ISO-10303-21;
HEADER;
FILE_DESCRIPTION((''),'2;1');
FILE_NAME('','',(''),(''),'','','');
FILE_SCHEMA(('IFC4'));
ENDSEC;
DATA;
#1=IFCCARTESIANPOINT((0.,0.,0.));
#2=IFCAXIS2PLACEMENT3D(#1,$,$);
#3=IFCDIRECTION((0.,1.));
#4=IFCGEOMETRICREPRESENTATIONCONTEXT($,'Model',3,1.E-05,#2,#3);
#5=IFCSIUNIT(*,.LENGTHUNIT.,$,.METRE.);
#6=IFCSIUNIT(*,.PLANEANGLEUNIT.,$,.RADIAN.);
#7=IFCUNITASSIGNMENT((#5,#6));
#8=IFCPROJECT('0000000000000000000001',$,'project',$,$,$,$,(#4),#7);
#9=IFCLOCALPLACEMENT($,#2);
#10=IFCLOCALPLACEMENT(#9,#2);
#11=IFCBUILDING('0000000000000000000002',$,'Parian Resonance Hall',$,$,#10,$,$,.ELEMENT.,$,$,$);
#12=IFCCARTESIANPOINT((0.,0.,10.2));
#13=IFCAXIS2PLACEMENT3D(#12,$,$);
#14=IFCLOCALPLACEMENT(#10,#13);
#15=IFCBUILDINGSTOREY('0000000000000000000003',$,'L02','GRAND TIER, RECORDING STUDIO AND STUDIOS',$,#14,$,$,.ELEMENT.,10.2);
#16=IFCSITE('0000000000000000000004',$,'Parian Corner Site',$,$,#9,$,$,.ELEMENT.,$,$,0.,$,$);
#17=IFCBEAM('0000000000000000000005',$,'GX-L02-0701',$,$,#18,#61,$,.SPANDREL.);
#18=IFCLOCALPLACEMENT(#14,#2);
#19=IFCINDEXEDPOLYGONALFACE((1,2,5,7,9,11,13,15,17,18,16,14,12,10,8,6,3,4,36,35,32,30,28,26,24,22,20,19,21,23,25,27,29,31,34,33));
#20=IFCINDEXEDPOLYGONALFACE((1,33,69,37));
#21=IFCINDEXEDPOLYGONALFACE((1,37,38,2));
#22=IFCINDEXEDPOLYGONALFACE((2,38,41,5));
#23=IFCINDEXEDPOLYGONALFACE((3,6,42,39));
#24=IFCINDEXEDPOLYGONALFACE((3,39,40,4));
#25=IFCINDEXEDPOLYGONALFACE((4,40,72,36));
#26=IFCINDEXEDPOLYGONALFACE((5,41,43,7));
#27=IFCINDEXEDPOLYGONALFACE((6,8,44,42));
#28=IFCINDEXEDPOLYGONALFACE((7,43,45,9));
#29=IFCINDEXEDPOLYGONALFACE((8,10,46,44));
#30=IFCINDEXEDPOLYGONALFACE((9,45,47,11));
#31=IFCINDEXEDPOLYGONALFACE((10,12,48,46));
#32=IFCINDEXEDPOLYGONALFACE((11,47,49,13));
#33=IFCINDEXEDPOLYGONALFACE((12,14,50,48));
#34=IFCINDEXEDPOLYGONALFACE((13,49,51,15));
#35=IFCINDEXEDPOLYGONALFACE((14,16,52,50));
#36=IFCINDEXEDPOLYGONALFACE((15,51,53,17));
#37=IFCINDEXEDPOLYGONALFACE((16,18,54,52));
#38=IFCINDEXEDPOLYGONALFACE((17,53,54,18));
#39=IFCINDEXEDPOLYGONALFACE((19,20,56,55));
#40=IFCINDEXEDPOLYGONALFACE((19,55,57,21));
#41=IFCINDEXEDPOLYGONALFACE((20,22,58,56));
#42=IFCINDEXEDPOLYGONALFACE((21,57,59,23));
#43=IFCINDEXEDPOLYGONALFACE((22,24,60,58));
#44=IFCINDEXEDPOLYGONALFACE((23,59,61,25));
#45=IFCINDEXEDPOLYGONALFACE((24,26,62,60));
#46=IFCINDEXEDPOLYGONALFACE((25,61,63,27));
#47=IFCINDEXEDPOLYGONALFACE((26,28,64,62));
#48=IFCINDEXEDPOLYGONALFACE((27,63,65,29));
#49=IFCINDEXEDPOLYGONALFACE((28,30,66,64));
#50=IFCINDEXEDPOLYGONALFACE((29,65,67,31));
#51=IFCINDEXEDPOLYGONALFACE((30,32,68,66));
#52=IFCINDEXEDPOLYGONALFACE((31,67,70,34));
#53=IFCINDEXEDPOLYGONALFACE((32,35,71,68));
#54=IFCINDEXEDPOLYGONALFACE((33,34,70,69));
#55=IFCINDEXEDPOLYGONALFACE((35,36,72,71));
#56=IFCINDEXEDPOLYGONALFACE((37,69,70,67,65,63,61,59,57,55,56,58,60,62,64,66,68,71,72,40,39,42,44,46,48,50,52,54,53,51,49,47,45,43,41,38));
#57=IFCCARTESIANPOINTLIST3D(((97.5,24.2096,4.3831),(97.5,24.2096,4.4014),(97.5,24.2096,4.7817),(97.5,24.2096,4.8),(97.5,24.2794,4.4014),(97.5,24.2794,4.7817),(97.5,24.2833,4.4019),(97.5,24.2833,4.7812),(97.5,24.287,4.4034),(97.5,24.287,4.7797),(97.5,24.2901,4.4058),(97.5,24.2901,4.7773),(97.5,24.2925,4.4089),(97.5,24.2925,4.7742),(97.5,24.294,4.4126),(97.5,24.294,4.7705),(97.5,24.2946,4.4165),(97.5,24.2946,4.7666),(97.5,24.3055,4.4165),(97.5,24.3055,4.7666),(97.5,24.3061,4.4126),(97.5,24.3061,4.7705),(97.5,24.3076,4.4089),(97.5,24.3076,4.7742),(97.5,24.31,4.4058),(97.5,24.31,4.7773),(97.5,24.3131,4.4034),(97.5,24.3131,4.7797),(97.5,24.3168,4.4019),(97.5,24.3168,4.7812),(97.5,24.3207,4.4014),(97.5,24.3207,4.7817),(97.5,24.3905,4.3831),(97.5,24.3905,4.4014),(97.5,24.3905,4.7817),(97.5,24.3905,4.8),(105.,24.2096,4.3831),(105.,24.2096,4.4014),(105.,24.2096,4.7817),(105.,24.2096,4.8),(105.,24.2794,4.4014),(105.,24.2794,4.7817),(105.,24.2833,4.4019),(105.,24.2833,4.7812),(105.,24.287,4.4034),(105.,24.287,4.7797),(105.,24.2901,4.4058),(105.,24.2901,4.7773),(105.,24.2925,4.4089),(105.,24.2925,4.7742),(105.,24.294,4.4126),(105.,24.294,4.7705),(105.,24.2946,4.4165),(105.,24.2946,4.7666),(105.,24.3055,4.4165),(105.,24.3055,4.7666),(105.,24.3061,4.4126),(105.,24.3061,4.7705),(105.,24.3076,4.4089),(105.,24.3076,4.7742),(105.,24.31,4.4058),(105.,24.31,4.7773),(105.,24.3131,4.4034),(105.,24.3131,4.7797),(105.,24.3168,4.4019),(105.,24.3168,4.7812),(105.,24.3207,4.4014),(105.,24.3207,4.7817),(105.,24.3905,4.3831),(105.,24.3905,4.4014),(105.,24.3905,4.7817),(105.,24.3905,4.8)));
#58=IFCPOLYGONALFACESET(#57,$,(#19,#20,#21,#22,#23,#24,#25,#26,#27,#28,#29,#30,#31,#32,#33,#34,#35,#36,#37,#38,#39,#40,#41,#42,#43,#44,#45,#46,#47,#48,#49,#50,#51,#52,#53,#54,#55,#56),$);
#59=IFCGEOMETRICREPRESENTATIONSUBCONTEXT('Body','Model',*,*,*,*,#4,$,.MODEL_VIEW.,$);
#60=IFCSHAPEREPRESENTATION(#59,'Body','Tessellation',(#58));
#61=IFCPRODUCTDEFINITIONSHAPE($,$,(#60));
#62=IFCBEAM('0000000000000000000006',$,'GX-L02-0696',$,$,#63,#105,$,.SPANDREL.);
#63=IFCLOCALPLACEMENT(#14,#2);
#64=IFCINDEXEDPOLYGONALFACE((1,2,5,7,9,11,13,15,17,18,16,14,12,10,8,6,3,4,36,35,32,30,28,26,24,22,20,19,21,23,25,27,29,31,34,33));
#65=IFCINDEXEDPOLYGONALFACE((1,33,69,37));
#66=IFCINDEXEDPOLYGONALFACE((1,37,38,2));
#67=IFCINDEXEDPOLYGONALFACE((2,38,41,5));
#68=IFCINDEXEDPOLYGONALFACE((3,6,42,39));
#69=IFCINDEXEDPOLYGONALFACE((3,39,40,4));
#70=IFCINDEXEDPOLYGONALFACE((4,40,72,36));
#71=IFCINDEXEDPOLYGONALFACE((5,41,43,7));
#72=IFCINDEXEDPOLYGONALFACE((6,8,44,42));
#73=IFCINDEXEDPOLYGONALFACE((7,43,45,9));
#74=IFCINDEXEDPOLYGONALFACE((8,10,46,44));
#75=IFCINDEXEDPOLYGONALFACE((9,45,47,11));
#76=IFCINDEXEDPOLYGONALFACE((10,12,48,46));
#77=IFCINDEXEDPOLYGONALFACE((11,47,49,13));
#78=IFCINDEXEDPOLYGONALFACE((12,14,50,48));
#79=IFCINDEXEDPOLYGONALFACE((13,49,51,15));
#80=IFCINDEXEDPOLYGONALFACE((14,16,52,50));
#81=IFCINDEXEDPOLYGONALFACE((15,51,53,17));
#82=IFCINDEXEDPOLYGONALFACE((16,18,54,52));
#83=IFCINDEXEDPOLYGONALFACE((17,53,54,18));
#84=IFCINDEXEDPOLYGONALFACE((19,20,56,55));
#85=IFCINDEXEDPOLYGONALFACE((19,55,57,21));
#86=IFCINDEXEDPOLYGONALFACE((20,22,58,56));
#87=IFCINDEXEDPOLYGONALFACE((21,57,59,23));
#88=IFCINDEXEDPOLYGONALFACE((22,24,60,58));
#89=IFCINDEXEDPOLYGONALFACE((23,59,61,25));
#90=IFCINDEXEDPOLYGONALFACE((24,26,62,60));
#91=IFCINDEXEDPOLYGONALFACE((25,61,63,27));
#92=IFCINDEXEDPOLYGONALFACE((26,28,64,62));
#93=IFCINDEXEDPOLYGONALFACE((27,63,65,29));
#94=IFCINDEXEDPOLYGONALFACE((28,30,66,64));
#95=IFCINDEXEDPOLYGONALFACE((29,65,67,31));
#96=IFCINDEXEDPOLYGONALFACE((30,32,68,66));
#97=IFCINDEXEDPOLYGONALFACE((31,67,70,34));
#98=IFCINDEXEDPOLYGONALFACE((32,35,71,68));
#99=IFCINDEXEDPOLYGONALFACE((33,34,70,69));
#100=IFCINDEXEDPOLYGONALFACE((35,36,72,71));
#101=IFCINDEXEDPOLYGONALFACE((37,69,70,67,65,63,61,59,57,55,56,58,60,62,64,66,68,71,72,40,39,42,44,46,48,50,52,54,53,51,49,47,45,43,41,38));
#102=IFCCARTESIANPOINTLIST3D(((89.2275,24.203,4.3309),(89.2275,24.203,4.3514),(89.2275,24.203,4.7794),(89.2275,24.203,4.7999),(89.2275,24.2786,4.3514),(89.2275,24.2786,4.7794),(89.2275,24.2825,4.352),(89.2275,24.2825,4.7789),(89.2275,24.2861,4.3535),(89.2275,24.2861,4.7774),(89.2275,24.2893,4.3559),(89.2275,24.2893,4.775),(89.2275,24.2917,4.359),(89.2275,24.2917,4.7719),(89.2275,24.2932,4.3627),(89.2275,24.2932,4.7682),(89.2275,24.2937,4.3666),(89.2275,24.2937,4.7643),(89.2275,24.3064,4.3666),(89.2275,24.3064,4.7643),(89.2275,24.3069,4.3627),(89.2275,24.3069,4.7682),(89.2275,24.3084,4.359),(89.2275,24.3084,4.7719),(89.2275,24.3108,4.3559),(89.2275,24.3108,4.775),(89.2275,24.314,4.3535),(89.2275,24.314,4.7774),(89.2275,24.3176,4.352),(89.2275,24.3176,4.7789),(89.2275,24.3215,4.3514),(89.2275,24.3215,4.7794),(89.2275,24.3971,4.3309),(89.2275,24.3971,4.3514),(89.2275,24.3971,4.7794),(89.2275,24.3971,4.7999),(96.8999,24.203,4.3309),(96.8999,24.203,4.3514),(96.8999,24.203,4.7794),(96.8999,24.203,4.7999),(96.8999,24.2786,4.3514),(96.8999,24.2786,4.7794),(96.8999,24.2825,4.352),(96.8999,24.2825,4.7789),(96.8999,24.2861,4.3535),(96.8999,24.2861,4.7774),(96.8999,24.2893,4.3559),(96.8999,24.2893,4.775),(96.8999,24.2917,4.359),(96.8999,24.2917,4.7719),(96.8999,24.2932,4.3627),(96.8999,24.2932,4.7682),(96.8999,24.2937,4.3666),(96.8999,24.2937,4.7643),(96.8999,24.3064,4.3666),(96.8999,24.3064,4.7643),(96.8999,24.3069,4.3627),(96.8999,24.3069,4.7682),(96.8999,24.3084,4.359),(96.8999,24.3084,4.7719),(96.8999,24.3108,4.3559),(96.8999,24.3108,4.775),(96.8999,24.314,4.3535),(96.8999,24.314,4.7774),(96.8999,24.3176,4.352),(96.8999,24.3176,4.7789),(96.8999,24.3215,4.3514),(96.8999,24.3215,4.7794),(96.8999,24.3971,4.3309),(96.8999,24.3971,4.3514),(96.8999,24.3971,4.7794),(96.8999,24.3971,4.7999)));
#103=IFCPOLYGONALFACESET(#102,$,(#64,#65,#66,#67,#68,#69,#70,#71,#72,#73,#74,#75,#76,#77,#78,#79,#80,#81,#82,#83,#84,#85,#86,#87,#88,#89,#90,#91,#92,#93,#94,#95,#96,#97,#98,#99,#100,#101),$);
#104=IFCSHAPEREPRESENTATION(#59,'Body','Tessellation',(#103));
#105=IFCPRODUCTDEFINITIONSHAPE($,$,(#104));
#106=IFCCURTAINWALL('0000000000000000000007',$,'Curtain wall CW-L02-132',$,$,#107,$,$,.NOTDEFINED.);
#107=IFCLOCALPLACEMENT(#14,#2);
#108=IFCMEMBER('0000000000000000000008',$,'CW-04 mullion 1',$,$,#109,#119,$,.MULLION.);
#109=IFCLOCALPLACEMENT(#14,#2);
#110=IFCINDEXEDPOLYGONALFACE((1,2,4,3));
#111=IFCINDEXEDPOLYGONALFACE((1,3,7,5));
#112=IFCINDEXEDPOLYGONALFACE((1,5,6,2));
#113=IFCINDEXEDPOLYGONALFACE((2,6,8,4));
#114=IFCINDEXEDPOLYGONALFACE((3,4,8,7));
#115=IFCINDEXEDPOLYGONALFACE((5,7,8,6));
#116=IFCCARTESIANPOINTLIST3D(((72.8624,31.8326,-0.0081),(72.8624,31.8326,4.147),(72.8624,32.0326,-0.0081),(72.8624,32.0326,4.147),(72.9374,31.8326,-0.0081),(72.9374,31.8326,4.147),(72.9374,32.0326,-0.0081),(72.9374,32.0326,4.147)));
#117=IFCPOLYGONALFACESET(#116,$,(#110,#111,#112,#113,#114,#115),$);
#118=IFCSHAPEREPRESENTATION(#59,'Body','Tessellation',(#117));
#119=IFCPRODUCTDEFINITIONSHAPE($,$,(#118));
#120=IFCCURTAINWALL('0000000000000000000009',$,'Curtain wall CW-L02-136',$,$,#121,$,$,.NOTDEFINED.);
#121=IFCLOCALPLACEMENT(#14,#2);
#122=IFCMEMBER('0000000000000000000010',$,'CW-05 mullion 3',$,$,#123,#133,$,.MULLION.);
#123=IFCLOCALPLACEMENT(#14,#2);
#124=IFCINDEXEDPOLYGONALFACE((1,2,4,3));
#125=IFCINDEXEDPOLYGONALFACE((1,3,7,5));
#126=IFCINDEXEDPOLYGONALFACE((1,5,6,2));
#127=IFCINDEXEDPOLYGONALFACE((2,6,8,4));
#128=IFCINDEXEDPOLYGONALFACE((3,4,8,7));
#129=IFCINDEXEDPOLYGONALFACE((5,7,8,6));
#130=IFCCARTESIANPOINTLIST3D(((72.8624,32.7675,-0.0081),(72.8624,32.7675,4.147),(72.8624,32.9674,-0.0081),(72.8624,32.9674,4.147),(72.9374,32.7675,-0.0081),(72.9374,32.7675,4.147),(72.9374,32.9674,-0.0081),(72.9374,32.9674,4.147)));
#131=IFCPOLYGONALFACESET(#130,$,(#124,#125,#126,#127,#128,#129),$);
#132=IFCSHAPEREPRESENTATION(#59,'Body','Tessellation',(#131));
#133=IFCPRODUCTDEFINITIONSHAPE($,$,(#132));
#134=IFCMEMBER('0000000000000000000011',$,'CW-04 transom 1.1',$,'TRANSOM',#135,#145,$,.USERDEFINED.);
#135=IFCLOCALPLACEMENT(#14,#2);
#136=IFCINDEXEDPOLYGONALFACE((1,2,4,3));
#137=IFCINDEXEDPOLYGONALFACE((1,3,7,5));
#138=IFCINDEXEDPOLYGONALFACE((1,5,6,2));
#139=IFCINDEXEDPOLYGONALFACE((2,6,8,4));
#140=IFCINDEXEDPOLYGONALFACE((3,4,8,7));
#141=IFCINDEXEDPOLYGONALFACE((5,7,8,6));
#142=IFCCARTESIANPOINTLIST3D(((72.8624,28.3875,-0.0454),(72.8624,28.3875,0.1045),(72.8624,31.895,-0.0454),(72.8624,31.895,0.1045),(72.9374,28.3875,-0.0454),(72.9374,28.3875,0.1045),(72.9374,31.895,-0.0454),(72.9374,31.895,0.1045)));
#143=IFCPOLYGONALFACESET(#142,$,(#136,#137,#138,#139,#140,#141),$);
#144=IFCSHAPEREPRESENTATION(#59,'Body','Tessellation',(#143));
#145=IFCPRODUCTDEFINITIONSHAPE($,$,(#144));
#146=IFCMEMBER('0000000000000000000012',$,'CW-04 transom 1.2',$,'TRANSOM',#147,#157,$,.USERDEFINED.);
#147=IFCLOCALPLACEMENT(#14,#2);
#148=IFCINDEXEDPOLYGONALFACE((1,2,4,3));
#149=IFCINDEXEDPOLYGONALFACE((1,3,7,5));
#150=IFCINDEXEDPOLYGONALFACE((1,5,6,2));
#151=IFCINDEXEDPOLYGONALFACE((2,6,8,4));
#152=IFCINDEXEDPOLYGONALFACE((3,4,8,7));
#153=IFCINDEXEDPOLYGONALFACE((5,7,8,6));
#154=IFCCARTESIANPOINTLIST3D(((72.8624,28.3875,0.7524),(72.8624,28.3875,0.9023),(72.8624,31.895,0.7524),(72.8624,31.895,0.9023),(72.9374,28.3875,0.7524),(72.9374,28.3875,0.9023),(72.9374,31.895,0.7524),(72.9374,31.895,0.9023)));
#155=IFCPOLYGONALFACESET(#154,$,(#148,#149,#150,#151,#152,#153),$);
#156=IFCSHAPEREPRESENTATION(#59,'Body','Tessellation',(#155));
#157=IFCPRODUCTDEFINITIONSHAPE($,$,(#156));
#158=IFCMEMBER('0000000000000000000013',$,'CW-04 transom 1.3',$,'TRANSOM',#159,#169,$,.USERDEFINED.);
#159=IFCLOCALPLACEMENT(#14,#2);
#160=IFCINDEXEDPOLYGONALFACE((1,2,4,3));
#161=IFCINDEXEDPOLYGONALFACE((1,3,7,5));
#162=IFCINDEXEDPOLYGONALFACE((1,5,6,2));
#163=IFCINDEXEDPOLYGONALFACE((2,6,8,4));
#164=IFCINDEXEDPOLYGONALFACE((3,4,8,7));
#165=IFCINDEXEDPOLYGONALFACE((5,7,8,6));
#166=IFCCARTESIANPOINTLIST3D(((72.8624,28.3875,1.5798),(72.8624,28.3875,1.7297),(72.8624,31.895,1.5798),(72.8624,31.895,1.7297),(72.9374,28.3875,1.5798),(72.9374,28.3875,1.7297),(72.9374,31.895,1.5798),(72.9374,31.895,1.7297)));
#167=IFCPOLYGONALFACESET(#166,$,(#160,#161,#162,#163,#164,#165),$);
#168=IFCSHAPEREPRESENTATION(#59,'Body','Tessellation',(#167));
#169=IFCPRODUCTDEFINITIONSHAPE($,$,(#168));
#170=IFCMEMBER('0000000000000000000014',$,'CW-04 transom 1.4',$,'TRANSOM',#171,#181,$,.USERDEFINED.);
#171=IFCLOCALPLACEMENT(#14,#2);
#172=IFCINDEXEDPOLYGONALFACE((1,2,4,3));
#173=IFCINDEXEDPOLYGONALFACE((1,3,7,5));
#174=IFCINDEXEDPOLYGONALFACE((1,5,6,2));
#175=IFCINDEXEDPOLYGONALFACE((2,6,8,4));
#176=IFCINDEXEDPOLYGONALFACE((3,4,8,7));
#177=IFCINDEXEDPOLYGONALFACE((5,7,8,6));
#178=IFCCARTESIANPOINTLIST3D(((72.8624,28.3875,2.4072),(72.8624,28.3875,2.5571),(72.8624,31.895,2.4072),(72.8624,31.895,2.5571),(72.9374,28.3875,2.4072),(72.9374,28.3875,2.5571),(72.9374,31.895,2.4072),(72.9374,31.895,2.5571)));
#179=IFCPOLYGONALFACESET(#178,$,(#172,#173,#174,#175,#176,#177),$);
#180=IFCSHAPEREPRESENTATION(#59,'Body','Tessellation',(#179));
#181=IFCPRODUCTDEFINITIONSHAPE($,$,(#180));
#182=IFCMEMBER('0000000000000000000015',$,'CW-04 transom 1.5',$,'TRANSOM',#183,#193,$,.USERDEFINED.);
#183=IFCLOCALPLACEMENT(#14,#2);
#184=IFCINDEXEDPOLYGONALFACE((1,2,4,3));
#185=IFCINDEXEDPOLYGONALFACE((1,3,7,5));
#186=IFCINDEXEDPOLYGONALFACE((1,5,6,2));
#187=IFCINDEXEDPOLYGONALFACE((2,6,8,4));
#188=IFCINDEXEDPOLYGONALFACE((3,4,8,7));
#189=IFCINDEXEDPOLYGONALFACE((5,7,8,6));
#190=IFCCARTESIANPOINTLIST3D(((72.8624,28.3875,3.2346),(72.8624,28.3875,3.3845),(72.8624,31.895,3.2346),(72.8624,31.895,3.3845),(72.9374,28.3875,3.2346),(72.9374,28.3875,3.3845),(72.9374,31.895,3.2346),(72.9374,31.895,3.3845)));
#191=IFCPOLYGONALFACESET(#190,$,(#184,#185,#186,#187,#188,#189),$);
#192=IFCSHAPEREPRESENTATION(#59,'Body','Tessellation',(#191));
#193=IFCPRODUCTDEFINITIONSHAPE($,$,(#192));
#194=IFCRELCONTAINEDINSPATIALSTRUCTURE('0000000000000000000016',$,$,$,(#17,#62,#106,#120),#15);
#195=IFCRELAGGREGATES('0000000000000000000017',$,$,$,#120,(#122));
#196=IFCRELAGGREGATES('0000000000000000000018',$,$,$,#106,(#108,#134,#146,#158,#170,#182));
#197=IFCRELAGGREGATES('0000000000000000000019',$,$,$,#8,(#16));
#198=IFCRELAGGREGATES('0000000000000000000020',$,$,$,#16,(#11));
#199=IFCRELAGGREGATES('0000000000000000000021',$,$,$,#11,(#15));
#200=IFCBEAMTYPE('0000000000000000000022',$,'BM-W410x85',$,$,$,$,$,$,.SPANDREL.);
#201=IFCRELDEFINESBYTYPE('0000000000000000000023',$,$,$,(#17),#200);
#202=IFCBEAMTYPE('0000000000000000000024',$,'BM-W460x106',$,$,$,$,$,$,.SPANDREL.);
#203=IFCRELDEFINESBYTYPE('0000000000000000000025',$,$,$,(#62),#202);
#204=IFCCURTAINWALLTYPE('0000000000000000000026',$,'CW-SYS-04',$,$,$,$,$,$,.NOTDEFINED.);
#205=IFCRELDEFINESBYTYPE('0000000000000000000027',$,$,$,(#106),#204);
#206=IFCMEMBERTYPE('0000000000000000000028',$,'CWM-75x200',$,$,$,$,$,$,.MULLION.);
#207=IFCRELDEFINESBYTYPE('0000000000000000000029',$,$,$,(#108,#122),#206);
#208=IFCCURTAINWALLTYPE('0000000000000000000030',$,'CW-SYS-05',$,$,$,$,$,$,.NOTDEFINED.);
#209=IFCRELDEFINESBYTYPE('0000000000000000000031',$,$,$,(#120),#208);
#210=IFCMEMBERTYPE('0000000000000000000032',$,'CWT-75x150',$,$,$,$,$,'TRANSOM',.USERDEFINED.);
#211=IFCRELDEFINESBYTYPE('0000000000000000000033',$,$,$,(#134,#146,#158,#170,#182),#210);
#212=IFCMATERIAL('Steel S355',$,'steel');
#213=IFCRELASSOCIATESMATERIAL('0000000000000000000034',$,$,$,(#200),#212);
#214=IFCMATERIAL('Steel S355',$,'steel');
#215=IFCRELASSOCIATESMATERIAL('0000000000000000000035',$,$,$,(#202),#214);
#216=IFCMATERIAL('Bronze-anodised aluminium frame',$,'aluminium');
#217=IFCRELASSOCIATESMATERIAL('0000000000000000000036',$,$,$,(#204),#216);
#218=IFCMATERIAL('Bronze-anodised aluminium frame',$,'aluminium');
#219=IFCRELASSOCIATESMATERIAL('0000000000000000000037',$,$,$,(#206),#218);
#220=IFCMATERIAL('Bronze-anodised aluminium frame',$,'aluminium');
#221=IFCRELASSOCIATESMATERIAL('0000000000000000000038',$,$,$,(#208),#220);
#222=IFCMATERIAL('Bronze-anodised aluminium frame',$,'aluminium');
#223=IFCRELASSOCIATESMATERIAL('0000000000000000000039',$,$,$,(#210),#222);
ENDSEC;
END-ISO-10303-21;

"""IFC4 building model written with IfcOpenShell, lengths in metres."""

from ifc_helpers import new_model, si_unit, direction, frame, origin, origin_2d, place, context, subcontext, project, spatial, rectangle, i_section, extrude, material, material_profile, profile_set, type_object, element, aggregate, save


model = new_model("IFC4")

# Units and contexts
model_context = context("Model", 3, precision=1e-05, world=origin(), true_north=direction((0.0, 1.0)))
body_context = subcontext(model_context, "Body", "Model", "MODEL_VIEW")
ifc_project = project(units=[si_unit("LENGTHUNIT", "METRE"), si_unit("PLANEANGLEUNIT", "RADIAN")], contexts=[model_context])

# Site, building, storey
site_placement = place(None, origin())
site = spatial("IfcSite", under=ifc_project, at=site_placement, Name="Parian Corner Site", CompositionType="ELEMENT", RefElevation=0.0)
building_placement = place(site_placement, origin())
building = spatial("IfcBuilding", under=site, at=building_placement, Name="Parian Resonance Hall", CompositionType="ELEMENT")
storey_placement = place(building_placement, frame((0.0, 0.0, 10.2)))
storey = spatial("IfcBuildingStorey", under=building, at=storey_placement, Name="L02", Description="GRAND TIER, RECORDING STUDIO AND STUDIOS", CompositionType="ELEMENT", Elevation=10.2)

# Beams
ifc_material_1 = material(Name="Steel S355", Category="steel")
ifc_material_profile_1 = material_profile(ifc_material_1, i_section(OverallWidth=0.1809, OverallDepth=0.417, WebThickness=0.011, FlangeThickness=0.0183, FilletRadius=0.0151, at=origin_2d()), Name="W410x85")
ifc_profile_set_1 = profile_set([ifc_material_profile_1], Name="Steel S355")
beam_type_1 = type_object("IfcBeamType", Name="BM-W410x85", PredefinedType="SPANDREL", material=ifc_profile_set_1)
beam_1_placement = place(storey_placement, frame((97.5, 24.3, 4.5916), z_axis=(1.0, 0.0, 0.0), x_axis=(0.0, 1.0, 0.0)))
element("IfcBeam", 1, at=beam_1_placement, inside=storey, type_object=beam_type_1, Name="GX-L02-0701", PredefinedType="SPANDREL", context=body_context, shape_type="SweptSolid", body=[
    extrude(i_section(OverallWidth=0.1809, OverallDepth=0.417, WebThickness=0.011, FlangeThickness=0.0183, FilletRadius=0.0151, at=origin_2d()), origin(), (0.0, 0.0, 1.0), 7.5),
])
ifc_material_2 = material(Name="Steel S355", Category="steel")
ifc_material_profile_2 = material_profile(ifc_material_2, i_section(OverallWidth=0.1941, OverallDepth=0.469, WebThickness=0.0127, FlangeThickness=0.0205, FilletRadius=0.0151, at=origin_2d()), Name="W460x106")
ifc_profile_set_2 = profile_set([ifc_material_profile_2], Name="Steel S355")
beam_type_2 = type_object("IfcBeamType", Name="BM-W460x106", PredefinedType="SPANDREL", material=ifc_profile_set_2)
beam_2_placement = place(storey_placement, frame((89.2275, 24.3, 4.5654), z_axis=(1.0, 0.0, 0.0), x_axis=(0.0, 1.0, 0.0)))
element("IfcBeam", 2, at=beam_2_placement, inside=storey, type_object=beam_type_2, Name="GX-L02-0696", PredefinedType="SPANDREL", context=body_context, shape_type="SweptSolid", body=[
    extrude(i_section(OverallWidth=0.1941, OverallDepth=0.469, WebThickness=0.0127, FlangeThickness=0.0205, FilletRadius=0.0151, at=origin_2d()), origin(), (0.0, 0.0, 1.0), 7.6724),
])

# Curtain walls, members
ifc_material_3 = material(Name="Bronze-anodised aluminium frame", Category="aluminium")
curtain_wall_type_1 = type_object("IfcCurtainWallType", Name="CW-SYS-04", PredefinedType="NOTDEFINED", material=ifc_material_3)
curtain_wall_1_placement = place(storey_placement, origin())
curtain_wall_1 = element("IfcCurtainWall", 3, at=curtain_wall_1_placement, inside=storey, type_object=curtain_wall_type_1, Name="Curtain wall CW-L02-132", PredefinedType="NOTDEFINED")
ifc_material_4 = material(Name="Bronze-anodised aluminium frame", Category="aluminium")
ifc_material_profile_3 = material_profile(ifc_material_4, rectangle(XDim=0.075, YDim=0.2, at=origin_2d()), Name="CWM-75x200")
ifc_profile_set_3 = profile_set([ifc_material_profile_3], Name="Bronze-anodised aluminium frame")
member_type_1 = type_object("IfcMemberType", Name="CWM-75x200", PredefinedType="MULLION", material=ifc_profile_set_3)
member_1_placement = place(storey_placement, frame((72.8999, 31.9326, -0.0081), z_axis=(0.0, 0.0, 1.0), x_axis=(1.0, 0.0, 0.0)))
member_1 = element("IfcMember", 4, at=member_1_placement, type_object=member_type_1, Name="CW-04 mullion 1", PredefinedType="MULLION", context=body_context, shape_type="SweptSolid", body=[
    extrude(rectangle(XDim=0.075, YDim=0.2, at=origin_2d()), origin(), (0.0, 0.0, 1.0), 4.155),
])
ifc_material_5 = material(Name="Bronze-anodised aluminium frame", Category="aluminium")
curtain_wall_type_2 = type_object("IfcCurtainWallType", Name="CW-SYS-05", PredefinedType="NOTDEFINED", material=ifc_material_5)
curtain_wall_2_placement = place(storey_placement, origin())
curtain_wall_2 = element("IfcCurtainWall", 5, at=curtain_wall_2_placement, inside=storey, type_object=curtain_wall_type_2, Name="Curtain wall CW-L02-136", PredefinedType="NOTDEFINED")
member_2_placement = place(storey_placement, frame((72.8999, 32.8674, -0.0081), z_axis=(0.0, 0.0, 1.0), x_axis=(1.0, 0.0, 0.0)))
member_2 = element("IfcMember", 6, at=member_2_placement, type_object=member_type_1, Name="CW-05 mullion 3", PredefinedType="MULLION", context=body_context, shape_type="SweptSolid", body=[
    extrude(rectangle(XDim=0.075, YDim=0.2, at=origin_2d()), origin(), (0.0, 0.0, 1.0), 4.155),
])
aggregate(curtain_wall_2, [member_2])

# Members
ifc_material_6 = material(Name="Bronze-anodised aluminium frame", Category="aluminium")
ifc_material_profile_4 = material_profile(ifc_material_6, rectangle(XDim=0.075, YDim=0.1499, at=origin_2d()), Name="CWT-75x150")
ifc_profile_set_4 = profile_set([ifc_material_profile_4], Name="Bronze-anodised aluminium frame")
member_type_2 = type_object("IfcMemberType", Name="CWT-75x150", ElementType="TRANSOM", PredefinedType="USERDEFINED", material=ifc_profile_set_4)
member_3_placement = place(storey_placement, frame((72.8999, 31.895, 0.0295), z_axis=(0.0, -1.0, 0.0), x_axis=(1.0, 0.0, 0.0)))
member_3 = element("IfcMember", 7, at=member_3_placement, type_object=member_type_2, Name="CW-04 transom 1.1", ObjectType="TRANSOM", PredefinedType="USERDEFINED", context=body_context, shape_type="SweptSolid", body=[
    extrude(rectangle(XDim=0.075, YDim=0.1499, at=origin_2d()), origin(), (0.0, 0.0, 1.0), 3.5076),
])
member_4_placement = place(storey_placement, frame((72.8999, 31.895, 0.8274), z_axis=(0.0, -1.0, 0.0), x_axis=(1.0, 0.0, 0.0)))
member_4 = element("IfcMember", 8, at=member_4_placement, type_object=member_type_2, Name="CW-04 transom 1.2", ObjectType="TRANSOM", PredefinedType="USERDEFINED", context=body_context, shape_type="SweptSolid", body=[
    extrude(rectangle(XDim=0.075, YDim=0.1499, at=origin_2d()), origin(), (0.0, 0.0, 1.0), 3.5076),
])
member_5_placement = place(storey_placement, frame((72.8999, 31.895, 1.6548), z_axis=(0.0, -1.0, 0.0), x_axis=(1.0, 0.0, 0.0)))
member_5 = element("IfcMember", 9, at=member_5_placement, type_object=member_type_2, Name="CW-04 transom 1.3", ObjectType="TRANSOM", PredefinedType="USERDEFINED", context=body_context, shape_type="SweptSolid", body=[
    extrude(rectangle(XDim=0.075, YDim=0.1499, at=origin_2d()), origin(), (0.0, 0.0, 1.0), 3.5076),
])
member_6_placement = place(storey_placement, frame((72.8999, 31.895, 2.4822), z_axis=(0.0, -1.0, 0.0), x_axis=(1.0, 0.0, 0.0)))
member_6 = element("IfcMember", 10, at=member_6_placement, type_object=member_type_2, Name="CW-04 transom 1.4", ObjectType="TRANSOM", PredefinedType="USERDEFINED", context=body_context, shape_type="SweptSolid", body=[
    extrude(rectangle(XDim=0.075, YDim=0.1499, at=origin_2d()), origin(), (0.0, 0.0, 1.0), 3.5076),
])
member_7_placement = place(storey_placement, frame((72.8999, 31.895, 3.3096), z_axis=(0.0, -1.0, 0.0), x_axis=(1.0, 0.0, 0.0)))
member_7 = element("IfcMember", 11, at=member_7_placement, type_object=member_type_2, Name="CW-04 transom 1.5", ObjectType="TRANSOM", PredefinedType="USERDEFINED", context=body_context, shape_type="SweptSolid", body=[
    extrude(rectangle(XDim=0.075, YDim=0.1499, at=origin_2d()), origin(), (0.0, 0.0, 1.0), 3.5076),
])

aggregate(curtain_wall_1, [member_1, member_3, member_4, member_5, member_6, member_7])

save(model, "model.ifc")
